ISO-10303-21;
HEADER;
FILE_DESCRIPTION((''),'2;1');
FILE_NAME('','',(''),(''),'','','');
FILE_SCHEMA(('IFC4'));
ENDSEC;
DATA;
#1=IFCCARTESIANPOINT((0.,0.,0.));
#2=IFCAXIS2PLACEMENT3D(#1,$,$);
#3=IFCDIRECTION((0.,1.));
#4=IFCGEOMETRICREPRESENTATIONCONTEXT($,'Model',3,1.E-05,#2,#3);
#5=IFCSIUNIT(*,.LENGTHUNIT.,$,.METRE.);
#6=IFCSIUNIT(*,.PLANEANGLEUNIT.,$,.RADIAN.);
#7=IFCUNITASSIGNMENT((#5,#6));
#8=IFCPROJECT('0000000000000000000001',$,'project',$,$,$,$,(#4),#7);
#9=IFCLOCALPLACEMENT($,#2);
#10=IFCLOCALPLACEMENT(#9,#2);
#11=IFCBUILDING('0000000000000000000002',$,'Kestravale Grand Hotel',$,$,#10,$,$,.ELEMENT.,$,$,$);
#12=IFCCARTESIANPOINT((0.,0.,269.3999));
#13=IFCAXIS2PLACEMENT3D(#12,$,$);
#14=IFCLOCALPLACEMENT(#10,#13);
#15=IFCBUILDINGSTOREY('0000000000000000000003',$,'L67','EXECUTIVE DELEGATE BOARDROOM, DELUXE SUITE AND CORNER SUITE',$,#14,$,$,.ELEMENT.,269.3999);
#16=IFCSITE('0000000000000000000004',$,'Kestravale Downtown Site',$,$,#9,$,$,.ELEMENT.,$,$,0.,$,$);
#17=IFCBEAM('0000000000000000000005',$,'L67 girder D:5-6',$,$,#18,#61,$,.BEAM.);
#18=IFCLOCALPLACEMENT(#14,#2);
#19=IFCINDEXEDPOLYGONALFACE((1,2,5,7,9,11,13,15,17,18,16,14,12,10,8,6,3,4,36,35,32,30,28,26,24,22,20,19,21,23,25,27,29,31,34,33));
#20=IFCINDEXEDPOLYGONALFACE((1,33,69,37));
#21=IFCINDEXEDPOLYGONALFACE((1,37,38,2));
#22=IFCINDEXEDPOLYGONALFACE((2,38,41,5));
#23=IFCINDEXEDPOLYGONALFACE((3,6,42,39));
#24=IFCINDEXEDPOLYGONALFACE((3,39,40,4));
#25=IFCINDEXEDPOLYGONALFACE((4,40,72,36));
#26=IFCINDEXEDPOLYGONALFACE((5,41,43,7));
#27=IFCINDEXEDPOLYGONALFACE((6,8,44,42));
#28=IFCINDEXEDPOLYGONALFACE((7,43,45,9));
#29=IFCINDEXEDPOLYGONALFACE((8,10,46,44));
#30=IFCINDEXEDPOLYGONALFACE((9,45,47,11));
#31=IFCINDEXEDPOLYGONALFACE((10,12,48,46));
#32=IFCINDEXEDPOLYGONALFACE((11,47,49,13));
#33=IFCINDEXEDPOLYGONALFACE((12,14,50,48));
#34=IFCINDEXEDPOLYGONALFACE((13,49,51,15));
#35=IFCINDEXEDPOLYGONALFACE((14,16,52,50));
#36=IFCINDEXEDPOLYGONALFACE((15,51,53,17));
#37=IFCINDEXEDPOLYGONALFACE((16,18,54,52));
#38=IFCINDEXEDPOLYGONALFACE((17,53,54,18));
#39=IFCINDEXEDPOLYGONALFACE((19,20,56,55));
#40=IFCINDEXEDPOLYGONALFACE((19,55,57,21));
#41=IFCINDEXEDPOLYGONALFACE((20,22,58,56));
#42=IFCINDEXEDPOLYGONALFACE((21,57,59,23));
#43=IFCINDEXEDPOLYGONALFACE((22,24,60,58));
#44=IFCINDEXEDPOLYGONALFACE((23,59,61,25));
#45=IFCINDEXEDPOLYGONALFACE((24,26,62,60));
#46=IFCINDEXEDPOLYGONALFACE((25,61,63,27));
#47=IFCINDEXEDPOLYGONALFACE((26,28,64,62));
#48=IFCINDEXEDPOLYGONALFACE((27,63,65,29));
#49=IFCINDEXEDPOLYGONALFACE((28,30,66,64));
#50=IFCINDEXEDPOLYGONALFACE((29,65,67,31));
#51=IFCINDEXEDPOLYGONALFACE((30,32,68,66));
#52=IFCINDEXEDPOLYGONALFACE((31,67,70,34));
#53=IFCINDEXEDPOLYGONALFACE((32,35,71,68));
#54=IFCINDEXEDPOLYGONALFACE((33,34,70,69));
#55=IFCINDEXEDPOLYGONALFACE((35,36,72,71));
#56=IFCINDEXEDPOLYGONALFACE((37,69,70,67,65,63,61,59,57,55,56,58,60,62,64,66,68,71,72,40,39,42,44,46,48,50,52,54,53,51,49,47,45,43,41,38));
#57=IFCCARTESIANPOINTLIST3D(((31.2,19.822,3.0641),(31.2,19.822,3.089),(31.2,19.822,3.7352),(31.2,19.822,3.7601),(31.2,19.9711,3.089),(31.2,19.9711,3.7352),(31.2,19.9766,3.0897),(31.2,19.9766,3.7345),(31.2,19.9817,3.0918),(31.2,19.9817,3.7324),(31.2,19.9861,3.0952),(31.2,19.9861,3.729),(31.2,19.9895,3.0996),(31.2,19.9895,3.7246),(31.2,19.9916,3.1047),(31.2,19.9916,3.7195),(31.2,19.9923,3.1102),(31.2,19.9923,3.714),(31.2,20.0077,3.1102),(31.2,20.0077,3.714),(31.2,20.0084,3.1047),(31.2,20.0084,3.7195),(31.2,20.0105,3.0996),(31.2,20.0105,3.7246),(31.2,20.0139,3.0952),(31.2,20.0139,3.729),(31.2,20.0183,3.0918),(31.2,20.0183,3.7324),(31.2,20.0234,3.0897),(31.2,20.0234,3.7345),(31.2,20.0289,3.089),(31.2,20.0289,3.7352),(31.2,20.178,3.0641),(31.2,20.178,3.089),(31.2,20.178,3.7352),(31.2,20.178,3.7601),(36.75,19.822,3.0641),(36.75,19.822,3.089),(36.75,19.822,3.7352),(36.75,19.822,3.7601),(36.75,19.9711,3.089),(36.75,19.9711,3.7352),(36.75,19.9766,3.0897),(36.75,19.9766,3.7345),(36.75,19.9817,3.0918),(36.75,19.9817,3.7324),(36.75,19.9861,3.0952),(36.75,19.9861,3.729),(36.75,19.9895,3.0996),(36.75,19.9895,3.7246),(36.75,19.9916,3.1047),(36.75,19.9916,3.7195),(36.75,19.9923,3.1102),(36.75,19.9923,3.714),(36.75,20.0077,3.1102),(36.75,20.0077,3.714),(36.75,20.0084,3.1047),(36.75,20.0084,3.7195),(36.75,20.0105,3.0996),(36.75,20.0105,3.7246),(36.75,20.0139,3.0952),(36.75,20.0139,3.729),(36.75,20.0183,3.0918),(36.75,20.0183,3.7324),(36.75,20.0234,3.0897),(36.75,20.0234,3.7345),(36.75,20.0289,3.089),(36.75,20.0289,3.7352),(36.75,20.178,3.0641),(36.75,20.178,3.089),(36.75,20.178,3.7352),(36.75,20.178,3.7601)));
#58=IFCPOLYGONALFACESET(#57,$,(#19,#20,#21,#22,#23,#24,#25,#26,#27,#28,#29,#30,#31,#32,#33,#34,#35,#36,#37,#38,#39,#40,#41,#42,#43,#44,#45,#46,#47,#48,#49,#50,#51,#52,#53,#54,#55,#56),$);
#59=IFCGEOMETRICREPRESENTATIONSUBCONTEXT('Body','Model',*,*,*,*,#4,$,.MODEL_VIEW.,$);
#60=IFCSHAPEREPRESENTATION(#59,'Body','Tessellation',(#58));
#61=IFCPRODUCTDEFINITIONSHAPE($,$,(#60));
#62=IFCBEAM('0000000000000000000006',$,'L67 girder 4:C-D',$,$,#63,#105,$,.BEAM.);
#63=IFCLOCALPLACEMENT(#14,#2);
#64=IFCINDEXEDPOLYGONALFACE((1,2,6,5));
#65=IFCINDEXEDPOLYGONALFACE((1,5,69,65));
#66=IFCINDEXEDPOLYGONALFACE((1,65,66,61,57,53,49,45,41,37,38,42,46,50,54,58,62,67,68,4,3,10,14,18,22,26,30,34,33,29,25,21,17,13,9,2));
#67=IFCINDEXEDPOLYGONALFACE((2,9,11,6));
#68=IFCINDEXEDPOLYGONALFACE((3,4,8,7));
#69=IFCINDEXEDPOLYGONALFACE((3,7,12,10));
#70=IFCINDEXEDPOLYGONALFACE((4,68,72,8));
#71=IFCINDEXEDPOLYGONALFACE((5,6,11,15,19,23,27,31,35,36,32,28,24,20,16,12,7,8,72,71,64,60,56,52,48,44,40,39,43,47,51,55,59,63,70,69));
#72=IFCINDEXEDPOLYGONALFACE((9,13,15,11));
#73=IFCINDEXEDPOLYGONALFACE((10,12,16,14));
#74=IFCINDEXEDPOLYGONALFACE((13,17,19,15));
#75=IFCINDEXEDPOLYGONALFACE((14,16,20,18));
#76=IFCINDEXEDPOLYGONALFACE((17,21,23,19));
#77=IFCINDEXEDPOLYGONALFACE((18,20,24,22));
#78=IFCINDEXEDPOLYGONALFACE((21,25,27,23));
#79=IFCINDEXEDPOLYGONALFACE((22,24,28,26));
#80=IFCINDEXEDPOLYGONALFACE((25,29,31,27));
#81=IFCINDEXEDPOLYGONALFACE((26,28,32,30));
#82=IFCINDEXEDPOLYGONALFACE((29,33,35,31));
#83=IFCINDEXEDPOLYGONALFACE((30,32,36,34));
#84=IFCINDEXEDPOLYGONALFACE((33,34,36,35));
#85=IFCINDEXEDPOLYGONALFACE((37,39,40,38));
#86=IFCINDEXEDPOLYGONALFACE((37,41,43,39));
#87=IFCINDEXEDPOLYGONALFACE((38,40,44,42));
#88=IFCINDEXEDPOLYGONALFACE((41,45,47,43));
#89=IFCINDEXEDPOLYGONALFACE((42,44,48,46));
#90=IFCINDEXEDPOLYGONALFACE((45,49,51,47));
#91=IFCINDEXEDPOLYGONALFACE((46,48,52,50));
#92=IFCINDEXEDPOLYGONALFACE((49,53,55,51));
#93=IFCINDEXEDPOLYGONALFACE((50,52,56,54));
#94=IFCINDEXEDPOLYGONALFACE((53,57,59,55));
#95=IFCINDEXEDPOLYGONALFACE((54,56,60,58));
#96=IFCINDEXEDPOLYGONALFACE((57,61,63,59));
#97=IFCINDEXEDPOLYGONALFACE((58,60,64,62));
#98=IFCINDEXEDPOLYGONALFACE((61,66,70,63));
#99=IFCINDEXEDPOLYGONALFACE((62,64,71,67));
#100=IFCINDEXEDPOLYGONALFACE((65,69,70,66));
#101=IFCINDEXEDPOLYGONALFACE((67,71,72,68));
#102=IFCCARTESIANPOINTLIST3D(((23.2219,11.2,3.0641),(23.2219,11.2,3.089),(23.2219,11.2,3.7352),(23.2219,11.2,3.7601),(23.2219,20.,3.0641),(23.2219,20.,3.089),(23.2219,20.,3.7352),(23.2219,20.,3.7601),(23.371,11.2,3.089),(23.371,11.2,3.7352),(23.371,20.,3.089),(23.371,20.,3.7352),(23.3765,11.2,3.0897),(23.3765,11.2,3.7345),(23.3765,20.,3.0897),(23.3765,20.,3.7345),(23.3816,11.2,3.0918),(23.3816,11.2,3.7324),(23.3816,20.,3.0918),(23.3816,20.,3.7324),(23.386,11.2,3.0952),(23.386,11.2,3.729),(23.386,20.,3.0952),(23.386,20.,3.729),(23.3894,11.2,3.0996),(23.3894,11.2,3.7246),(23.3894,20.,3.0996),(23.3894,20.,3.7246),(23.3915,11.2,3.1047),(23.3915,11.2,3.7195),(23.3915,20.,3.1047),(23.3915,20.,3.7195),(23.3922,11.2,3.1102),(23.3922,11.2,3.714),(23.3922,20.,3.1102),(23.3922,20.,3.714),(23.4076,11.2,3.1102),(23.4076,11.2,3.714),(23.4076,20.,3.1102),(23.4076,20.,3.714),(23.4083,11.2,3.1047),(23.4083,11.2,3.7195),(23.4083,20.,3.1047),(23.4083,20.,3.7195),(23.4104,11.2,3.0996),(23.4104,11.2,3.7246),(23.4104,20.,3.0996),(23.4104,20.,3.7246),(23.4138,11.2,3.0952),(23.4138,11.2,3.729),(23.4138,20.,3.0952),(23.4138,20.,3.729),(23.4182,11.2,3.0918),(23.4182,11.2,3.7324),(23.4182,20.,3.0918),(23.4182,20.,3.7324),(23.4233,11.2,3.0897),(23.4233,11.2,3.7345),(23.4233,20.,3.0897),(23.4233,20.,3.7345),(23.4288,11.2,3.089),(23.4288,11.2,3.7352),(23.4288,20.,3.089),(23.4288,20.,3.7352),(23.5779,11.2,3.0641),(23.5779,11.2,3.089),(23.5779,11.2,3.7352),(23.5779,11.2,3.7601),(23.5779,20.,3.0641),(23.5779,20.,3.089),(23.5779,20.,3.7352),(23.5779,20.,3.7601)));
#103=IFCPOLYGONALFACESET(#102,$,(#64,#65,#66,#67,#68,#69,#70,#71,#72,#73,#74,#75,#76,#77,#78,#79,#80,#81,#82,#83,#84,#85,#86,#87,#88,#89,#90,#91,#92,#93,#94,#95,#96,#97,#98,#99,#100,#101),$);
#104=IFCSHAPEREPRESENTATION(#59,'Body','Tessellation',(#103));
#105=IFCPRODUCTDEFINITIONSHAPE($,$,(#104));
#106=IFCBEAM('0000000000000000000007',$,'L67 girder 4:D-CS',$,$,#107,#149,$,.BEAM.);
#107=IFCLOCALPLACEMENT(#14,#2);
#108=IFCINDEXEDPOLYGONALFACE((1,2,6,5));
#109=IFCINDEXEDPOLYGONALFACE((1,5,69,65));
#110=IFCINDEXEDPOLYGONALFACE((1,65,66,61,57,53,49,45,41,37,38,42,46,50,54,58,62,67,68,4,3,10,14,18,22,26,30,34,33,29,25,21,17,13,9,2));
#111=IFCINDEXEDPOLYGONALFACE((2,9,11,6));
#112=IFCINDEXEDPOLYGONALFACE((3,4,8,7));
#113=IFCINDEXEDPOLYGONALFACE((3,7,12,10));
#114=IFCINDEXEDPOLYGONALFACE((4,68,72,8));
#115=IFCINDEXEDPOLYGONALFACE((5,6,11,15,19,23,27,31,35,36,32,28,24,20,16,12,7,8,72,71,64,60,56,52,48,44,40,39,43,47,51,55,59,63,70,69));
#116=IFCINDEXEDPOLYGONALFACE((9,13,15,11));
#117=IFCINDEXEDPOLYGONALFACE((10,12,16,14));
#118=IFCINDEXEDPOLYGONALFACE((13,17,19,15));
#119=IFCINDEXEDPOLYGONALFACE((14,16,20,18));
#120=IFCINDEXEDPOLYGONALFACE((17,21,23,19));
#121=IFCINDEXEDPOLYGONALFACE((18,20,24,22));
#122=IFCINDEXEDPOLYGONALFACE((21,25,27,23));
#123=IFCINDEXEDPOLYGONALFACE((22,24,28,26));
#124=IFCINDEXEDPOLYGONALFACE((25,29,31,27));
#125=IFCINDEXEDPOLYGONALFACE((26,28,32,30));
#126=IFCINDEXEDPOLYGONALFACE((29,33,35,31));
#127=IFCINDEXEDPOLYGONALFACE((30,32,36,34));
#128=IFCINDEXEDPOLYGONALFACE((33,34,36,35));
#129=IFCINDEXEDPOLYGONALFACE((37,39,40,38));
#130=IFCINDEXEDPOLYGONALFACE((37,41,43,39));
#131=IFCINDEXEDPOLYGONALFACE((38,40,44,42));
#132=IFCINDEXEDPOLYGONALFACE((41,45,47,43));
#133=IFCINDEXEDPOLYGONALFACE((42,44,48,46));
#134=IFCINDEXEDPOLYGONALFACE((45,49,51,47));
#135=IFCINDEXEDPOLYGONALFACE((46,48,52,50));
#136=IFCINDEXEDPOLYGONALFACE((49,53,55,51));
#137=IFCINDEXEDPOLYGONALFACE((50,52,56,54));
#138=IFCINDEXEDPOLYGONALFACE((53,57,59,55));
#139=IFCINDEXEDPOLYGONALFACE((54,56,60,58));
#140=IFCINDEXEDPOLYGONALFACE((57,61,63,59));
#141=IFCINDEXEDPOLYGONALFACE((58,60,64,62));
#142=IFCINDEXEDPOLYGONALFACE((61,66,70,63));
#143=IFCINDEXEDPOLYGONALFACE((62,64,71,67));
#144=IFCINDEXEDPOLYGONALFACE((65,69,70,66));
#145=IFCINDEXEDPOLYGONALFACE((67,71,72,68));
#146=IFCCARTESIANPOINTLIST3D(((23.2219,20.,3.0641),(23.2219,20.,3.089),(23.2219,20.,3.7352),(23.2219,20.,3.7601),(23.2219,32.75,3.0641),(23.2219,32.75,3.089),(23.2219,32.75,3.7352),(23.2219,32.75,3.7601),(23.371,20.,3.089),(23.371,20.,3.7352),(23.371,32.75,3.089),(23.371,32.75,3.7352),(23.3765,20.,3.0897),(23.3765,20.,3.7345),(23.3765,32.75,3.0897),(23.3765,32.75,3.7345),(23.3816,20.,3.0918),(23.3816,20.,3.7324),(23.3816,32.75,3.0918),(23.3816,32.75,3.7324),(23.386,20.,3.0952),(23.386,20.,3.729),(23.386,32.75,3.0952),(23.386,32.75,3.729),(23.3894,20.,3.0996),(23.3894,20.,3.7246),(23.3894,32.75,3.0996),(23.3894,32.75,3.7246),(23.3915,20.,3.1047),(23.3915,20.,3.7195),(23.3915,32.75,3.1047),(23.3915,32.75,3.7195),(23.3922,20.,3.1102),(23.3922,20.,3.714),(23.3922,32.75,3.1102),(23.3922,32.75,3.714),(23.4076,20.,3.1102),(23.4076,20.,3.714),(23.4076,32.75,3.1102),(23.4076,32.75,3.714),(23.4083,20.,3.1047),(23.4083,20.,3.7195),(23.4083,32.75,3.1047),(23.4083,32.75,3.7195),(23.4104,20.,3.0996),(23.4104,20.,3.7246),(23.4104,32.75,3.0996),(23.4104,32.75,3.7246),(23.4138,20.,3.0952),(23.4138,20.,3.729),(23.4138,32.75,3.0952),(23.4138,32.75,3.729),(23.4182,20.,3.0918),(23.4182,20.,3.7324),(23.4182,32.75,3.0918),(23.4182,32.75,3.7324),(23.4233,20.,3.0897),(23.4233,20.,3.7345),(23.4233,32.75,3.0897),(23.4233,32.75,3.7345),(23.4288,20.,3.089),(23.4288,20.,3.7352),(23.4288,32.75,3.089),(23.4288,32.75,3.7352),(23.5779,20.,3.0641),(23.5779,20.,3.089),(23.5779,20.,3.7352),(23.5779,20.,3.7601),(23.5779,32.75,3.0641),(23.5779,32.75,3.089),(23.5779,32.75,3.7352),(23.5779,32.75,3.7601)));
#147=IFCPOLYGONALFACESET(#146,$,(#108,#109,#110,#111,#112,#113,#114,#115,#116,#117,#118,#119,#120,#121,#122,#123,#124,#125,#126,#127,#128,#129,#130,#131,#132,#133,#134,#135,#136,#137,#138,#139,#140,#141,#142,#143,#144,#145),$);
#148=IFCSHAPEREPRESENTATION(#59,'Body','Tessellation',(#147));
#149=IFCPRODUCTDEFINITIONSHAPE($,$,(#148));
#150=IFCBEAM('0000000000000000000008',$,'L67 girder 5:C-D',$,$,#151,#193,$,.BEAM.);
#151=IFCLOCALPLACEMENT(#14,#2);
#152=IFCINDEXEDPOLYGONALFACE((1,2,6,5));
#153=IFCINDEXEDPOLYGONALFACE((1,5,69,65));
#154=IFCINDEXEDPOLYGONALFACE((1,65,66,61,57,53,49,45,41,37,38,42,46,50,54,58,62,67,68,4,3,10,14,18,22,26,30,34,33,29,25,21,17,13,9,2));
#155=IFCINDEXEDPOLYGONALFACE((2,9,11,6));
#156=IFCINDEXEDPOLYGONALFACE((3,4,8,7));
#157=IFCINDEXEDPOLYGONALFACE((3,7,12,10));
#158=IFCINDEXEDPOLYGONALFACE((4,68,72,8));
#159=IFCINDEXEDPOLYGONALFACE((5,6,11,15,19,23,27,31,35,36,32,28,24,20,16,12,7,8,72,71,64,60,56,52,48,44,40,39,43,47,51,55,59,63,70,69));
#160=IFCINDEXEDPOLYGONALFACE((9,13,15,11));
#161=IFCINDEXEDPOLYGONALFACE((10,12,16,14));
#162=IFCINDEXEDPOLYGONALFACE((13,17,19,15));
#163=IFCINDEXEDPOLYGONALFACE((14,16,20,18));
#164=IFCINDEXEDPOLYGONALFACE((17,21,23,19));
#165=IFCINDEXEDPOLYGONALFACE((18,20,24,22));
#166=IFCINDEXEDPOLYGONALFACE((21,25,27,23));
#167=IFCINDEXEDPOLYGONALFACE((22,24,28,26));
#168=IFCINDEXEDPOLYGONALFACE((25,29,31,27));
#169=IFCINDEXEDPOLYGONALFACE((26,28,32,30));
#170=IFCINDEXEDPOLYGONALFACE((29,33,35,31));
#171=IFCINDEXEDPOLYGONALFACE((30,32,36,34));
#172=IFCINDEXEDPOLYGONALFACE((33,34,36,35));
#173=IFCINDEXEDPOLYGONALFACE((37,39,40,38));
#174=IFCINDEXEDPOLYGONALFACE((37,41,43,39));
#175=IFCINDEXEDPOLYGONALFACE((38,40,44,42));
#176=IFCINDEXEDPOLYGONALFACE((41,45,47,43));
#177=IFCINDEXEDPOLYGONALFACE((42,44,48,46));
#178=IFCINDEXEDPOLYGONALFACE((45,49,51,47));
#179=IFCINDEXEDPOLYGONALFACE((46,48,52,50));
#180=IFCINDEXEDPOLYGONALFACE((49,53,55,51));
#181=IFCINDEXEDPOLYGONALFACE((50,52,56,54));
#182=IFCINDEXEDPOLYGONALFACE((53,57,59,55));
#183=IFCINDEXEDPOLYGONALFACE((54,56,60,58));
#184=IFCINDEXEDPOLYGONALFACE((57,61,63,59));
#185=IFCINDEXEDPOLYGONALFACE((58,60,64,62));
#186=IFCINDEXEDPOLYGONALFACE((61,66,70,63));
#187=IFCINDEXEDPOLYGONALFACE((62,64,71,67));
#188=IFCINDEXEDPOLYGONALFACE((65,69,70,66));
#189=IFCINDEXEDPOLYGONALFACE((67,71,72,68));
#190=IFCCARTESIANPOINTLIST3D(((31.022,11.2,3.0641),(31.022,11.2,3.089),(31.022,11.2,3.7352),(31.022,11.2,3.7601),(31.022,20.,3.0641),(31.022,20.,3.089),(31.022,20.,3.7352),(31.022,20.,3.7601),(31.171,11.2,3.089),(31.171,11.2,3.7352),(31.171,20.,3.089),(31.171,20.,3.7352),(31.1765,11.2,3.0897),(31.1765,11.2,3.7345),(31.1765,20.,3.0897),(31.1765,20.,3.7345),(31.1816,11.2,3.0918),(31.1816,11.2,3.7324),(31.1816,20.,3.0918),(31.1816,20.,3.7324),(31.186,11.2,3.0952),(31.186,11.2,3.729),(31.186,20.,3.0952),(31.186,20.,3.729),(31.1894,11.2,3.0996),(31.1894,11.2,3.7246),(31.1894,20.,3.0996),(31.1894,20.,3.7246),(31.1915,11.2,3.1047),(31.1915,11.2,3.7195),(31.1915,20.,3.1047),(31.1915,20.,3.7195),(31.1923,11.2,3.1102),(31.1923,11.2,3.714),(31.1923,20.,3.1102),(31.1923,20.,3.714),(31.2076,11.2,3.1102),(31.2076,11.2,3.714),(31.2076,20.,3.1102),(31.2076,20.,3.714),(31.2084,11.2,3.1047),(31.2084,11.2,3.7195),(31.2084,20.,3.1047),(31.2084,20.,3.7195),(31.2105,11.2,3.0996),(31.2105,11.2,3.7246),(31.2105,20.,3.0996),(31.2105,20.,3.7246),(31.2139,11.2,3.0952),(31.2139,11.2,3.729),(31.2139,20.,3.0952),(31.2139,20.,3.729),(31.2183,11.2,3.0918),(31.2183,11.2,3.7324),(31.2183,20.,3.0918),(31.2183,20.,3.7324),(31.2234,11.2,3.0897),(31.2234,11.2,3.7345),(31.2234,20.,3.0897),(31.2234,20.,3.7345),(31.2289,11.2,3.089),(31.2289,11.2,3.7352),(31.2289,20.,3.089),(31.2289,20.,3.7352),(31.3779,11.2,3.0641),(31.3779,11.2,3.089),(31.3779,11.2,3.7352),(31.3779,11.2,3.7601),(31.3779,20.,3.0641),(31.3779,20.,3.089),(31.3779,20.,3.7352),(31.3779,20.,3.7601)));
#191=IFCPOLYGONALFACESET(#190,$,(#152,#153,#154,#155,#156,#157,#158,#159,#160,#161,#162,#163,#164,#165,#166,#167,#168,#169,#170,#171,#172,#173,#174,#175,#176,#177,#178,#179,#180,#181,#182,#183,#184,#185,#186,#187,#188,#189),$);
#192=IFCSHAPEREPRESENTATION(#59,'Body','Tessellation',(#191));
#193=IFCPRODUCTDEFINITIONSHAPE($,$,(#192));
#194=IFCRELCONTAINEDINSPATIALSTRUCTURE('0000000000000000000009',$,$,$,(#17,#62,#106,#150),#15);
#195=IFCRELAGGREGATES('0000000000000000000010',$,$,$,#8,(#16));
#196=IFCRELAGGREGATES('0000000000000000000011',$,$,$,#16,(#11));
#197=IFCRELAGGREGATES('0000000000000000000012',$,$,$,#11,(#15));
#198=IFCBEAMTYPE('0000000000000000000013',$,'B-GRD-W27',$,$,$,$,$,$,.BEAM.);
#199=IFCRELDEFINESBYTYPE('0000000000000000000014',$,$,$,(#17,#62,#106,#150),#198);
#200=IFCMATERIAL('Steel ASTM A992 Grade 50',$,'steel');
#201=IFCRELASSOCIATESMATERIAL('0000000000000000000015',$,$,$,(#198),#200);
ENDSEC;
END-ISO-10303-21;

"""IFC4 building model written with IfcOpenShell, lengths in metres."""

from ifc_helpers import new_model, si_unit, direction, frame, origin, origin_2d, place, context, subcontext, project, spatial, i_section, extrude, material, material_profile, profile_set, type_object, element, save


model = new_model("IFC4")

# Units and contexts
model_context = context("Model", 3, precision=1e-05, world=origin(), true_north=direction((0.0, 1.0)))
body_context = subcontext(model_context, "Body", "Model", "MODEL_VIEW")
ifc_project = project(units=[si_unit("LENGTHUNIT", "METRE"), si_unit("PLANEANGLEUNIT", "RADIAN")], contexts=[model_context])

# Site, building, storey
site_placement = place(None, origin())
site = spatial("IfcSite", under=ifc_project, at=site_placement, Name="Kestravale Downtown Site", CompositionType="ELEMENT", RefElevation=0.0)
building_placement = place(site_placement, origin())
building = spatial("IfcBuilding", under=site, at=building_placement, Name="Kestravale Grand Hotel", CompositionType="ELEMENT")
storey_placement = place(building_placement, frame((0.0, 0.0, 269.3999)))
storey = spatial("IfcBuildingStorey", under=building, at=storey_placement, Name="L67", Description="EXECUTIVE DELEGATE BOARDROOM, DELUXE SUITE AND CORNER SUITE", CompositionType="ELEMENT", Elevation=269.3999)

# Beams
ifc_material_1 = material(Name="Steel ASTM A992 Grade 50", Category="steel")
ifc_material_profile_1 = material_profile(ifc_material_1, i_section(OverallWidth=0.356, OverallDepth=0.696, WebThickness=0.0154, FlangeThickness=0.0249, FilletRadius=0.0212, at=origin_2d()))
ifc_profile_set_1 = profile_set([ifc_material_profile_1], Name="Steel ASTM A992 Grade 50")
beam_type_1 = type_object("IfcBeamType", Name="B-GRD-W27", PredefinedType="BEAM", material=ifc_profile_set_1)
beam_1_placement = place(storey_placement, frame((31.2, 20.0, 3.4121), z_axis=(1.0, 0.0, 0.0), x_axis=(0.0, 1.0, 0.0)))
element("IfcBeam", 1, at=beam_1_placement, inside=storey, type_object=beam_type_1, Name="L67 girder D:5-6", PredefinedType="BEAM", context=body_context, shape_type="SweptSolid", body=[
    extrude(i_section(OverallWidth=0.356, OverallDepth=0.696, WebThickness=0.0154, FlangeThickness=0.0249, FilletRadius=0.0212, at=origin_2d()), origin(), (0.0, 0.0, 1.0), 5.55),
])
beam_2_placement = place(storey_placement, frame((23.3999, 11.2, 3.4121), z_axis=(0.0, 1.0, 0.0), x_axis=(-1.0, 0.0, 0.0)))
element("IfcBeam", 2, at=beam_2_placement, inside=storey, type_object=beam_type_1, Name="L67 girder 4:C-D", PredefinedType="BEAM", context=body_context, shape_type="SweptSolid", body=[
    extrude(i_section(OverallWidth=0.356, OverallDepth=0.696, WebThickness=0.0154, FlangeThickness=0.0249, FilletRadius=0.0212, at=origin_2d()), origin(), (0.0, 0.0, 1.0), 8.8),
])
beam_3_placement = place(storey_placement, frame((23.3999, 20.0, 3.4121), z_axis=(0.0, 1.0, 0.0), x_axis=(-1.0, 0.0, 0.0)))
element("IfcBeam", 3, at=beam_3_placement, inside=storey, type_object=beam_type_1, Name="L67 girder 4:D-CS", PredefinedType="BEAM", context=body_context, shape_type="SweptSolid", body=[
    extrude(i_section(OverallWidth=0.356, OverallDepth=0.696, WebThickness=0.0154, FlangeThickness=0.0249, FilletRadius=0.0212, at=origin_2d()), origin(), (0.0, 0.0, 1.0), 12.75),
])
beam_4_placement = place(storey_placement, frame((31.2, 11.2, 3.4121), z_axis=(0.0, 1.0, 0.0), x_axis=(-1.0, 0.0, 0.0)))
element("IfcBeam", 4, at=beam_4_placement, inside=storey, type_object=beam_type_1, Name="L67 girder 5:C-D", PredefinedType="BEAM", context=body_context, shape_type="SweptSolid", body=[
    extrude(i_section(OverallWidth=0.356, OverallDepth=0.696, WebThickness=0.0154, FlangeThickness=0.0249, FilletRadius=0.0212, at=origin_2d()), origin(), (0.0, 0.0, 1.0), 8.8),
])

save(model, "model.ifc")
